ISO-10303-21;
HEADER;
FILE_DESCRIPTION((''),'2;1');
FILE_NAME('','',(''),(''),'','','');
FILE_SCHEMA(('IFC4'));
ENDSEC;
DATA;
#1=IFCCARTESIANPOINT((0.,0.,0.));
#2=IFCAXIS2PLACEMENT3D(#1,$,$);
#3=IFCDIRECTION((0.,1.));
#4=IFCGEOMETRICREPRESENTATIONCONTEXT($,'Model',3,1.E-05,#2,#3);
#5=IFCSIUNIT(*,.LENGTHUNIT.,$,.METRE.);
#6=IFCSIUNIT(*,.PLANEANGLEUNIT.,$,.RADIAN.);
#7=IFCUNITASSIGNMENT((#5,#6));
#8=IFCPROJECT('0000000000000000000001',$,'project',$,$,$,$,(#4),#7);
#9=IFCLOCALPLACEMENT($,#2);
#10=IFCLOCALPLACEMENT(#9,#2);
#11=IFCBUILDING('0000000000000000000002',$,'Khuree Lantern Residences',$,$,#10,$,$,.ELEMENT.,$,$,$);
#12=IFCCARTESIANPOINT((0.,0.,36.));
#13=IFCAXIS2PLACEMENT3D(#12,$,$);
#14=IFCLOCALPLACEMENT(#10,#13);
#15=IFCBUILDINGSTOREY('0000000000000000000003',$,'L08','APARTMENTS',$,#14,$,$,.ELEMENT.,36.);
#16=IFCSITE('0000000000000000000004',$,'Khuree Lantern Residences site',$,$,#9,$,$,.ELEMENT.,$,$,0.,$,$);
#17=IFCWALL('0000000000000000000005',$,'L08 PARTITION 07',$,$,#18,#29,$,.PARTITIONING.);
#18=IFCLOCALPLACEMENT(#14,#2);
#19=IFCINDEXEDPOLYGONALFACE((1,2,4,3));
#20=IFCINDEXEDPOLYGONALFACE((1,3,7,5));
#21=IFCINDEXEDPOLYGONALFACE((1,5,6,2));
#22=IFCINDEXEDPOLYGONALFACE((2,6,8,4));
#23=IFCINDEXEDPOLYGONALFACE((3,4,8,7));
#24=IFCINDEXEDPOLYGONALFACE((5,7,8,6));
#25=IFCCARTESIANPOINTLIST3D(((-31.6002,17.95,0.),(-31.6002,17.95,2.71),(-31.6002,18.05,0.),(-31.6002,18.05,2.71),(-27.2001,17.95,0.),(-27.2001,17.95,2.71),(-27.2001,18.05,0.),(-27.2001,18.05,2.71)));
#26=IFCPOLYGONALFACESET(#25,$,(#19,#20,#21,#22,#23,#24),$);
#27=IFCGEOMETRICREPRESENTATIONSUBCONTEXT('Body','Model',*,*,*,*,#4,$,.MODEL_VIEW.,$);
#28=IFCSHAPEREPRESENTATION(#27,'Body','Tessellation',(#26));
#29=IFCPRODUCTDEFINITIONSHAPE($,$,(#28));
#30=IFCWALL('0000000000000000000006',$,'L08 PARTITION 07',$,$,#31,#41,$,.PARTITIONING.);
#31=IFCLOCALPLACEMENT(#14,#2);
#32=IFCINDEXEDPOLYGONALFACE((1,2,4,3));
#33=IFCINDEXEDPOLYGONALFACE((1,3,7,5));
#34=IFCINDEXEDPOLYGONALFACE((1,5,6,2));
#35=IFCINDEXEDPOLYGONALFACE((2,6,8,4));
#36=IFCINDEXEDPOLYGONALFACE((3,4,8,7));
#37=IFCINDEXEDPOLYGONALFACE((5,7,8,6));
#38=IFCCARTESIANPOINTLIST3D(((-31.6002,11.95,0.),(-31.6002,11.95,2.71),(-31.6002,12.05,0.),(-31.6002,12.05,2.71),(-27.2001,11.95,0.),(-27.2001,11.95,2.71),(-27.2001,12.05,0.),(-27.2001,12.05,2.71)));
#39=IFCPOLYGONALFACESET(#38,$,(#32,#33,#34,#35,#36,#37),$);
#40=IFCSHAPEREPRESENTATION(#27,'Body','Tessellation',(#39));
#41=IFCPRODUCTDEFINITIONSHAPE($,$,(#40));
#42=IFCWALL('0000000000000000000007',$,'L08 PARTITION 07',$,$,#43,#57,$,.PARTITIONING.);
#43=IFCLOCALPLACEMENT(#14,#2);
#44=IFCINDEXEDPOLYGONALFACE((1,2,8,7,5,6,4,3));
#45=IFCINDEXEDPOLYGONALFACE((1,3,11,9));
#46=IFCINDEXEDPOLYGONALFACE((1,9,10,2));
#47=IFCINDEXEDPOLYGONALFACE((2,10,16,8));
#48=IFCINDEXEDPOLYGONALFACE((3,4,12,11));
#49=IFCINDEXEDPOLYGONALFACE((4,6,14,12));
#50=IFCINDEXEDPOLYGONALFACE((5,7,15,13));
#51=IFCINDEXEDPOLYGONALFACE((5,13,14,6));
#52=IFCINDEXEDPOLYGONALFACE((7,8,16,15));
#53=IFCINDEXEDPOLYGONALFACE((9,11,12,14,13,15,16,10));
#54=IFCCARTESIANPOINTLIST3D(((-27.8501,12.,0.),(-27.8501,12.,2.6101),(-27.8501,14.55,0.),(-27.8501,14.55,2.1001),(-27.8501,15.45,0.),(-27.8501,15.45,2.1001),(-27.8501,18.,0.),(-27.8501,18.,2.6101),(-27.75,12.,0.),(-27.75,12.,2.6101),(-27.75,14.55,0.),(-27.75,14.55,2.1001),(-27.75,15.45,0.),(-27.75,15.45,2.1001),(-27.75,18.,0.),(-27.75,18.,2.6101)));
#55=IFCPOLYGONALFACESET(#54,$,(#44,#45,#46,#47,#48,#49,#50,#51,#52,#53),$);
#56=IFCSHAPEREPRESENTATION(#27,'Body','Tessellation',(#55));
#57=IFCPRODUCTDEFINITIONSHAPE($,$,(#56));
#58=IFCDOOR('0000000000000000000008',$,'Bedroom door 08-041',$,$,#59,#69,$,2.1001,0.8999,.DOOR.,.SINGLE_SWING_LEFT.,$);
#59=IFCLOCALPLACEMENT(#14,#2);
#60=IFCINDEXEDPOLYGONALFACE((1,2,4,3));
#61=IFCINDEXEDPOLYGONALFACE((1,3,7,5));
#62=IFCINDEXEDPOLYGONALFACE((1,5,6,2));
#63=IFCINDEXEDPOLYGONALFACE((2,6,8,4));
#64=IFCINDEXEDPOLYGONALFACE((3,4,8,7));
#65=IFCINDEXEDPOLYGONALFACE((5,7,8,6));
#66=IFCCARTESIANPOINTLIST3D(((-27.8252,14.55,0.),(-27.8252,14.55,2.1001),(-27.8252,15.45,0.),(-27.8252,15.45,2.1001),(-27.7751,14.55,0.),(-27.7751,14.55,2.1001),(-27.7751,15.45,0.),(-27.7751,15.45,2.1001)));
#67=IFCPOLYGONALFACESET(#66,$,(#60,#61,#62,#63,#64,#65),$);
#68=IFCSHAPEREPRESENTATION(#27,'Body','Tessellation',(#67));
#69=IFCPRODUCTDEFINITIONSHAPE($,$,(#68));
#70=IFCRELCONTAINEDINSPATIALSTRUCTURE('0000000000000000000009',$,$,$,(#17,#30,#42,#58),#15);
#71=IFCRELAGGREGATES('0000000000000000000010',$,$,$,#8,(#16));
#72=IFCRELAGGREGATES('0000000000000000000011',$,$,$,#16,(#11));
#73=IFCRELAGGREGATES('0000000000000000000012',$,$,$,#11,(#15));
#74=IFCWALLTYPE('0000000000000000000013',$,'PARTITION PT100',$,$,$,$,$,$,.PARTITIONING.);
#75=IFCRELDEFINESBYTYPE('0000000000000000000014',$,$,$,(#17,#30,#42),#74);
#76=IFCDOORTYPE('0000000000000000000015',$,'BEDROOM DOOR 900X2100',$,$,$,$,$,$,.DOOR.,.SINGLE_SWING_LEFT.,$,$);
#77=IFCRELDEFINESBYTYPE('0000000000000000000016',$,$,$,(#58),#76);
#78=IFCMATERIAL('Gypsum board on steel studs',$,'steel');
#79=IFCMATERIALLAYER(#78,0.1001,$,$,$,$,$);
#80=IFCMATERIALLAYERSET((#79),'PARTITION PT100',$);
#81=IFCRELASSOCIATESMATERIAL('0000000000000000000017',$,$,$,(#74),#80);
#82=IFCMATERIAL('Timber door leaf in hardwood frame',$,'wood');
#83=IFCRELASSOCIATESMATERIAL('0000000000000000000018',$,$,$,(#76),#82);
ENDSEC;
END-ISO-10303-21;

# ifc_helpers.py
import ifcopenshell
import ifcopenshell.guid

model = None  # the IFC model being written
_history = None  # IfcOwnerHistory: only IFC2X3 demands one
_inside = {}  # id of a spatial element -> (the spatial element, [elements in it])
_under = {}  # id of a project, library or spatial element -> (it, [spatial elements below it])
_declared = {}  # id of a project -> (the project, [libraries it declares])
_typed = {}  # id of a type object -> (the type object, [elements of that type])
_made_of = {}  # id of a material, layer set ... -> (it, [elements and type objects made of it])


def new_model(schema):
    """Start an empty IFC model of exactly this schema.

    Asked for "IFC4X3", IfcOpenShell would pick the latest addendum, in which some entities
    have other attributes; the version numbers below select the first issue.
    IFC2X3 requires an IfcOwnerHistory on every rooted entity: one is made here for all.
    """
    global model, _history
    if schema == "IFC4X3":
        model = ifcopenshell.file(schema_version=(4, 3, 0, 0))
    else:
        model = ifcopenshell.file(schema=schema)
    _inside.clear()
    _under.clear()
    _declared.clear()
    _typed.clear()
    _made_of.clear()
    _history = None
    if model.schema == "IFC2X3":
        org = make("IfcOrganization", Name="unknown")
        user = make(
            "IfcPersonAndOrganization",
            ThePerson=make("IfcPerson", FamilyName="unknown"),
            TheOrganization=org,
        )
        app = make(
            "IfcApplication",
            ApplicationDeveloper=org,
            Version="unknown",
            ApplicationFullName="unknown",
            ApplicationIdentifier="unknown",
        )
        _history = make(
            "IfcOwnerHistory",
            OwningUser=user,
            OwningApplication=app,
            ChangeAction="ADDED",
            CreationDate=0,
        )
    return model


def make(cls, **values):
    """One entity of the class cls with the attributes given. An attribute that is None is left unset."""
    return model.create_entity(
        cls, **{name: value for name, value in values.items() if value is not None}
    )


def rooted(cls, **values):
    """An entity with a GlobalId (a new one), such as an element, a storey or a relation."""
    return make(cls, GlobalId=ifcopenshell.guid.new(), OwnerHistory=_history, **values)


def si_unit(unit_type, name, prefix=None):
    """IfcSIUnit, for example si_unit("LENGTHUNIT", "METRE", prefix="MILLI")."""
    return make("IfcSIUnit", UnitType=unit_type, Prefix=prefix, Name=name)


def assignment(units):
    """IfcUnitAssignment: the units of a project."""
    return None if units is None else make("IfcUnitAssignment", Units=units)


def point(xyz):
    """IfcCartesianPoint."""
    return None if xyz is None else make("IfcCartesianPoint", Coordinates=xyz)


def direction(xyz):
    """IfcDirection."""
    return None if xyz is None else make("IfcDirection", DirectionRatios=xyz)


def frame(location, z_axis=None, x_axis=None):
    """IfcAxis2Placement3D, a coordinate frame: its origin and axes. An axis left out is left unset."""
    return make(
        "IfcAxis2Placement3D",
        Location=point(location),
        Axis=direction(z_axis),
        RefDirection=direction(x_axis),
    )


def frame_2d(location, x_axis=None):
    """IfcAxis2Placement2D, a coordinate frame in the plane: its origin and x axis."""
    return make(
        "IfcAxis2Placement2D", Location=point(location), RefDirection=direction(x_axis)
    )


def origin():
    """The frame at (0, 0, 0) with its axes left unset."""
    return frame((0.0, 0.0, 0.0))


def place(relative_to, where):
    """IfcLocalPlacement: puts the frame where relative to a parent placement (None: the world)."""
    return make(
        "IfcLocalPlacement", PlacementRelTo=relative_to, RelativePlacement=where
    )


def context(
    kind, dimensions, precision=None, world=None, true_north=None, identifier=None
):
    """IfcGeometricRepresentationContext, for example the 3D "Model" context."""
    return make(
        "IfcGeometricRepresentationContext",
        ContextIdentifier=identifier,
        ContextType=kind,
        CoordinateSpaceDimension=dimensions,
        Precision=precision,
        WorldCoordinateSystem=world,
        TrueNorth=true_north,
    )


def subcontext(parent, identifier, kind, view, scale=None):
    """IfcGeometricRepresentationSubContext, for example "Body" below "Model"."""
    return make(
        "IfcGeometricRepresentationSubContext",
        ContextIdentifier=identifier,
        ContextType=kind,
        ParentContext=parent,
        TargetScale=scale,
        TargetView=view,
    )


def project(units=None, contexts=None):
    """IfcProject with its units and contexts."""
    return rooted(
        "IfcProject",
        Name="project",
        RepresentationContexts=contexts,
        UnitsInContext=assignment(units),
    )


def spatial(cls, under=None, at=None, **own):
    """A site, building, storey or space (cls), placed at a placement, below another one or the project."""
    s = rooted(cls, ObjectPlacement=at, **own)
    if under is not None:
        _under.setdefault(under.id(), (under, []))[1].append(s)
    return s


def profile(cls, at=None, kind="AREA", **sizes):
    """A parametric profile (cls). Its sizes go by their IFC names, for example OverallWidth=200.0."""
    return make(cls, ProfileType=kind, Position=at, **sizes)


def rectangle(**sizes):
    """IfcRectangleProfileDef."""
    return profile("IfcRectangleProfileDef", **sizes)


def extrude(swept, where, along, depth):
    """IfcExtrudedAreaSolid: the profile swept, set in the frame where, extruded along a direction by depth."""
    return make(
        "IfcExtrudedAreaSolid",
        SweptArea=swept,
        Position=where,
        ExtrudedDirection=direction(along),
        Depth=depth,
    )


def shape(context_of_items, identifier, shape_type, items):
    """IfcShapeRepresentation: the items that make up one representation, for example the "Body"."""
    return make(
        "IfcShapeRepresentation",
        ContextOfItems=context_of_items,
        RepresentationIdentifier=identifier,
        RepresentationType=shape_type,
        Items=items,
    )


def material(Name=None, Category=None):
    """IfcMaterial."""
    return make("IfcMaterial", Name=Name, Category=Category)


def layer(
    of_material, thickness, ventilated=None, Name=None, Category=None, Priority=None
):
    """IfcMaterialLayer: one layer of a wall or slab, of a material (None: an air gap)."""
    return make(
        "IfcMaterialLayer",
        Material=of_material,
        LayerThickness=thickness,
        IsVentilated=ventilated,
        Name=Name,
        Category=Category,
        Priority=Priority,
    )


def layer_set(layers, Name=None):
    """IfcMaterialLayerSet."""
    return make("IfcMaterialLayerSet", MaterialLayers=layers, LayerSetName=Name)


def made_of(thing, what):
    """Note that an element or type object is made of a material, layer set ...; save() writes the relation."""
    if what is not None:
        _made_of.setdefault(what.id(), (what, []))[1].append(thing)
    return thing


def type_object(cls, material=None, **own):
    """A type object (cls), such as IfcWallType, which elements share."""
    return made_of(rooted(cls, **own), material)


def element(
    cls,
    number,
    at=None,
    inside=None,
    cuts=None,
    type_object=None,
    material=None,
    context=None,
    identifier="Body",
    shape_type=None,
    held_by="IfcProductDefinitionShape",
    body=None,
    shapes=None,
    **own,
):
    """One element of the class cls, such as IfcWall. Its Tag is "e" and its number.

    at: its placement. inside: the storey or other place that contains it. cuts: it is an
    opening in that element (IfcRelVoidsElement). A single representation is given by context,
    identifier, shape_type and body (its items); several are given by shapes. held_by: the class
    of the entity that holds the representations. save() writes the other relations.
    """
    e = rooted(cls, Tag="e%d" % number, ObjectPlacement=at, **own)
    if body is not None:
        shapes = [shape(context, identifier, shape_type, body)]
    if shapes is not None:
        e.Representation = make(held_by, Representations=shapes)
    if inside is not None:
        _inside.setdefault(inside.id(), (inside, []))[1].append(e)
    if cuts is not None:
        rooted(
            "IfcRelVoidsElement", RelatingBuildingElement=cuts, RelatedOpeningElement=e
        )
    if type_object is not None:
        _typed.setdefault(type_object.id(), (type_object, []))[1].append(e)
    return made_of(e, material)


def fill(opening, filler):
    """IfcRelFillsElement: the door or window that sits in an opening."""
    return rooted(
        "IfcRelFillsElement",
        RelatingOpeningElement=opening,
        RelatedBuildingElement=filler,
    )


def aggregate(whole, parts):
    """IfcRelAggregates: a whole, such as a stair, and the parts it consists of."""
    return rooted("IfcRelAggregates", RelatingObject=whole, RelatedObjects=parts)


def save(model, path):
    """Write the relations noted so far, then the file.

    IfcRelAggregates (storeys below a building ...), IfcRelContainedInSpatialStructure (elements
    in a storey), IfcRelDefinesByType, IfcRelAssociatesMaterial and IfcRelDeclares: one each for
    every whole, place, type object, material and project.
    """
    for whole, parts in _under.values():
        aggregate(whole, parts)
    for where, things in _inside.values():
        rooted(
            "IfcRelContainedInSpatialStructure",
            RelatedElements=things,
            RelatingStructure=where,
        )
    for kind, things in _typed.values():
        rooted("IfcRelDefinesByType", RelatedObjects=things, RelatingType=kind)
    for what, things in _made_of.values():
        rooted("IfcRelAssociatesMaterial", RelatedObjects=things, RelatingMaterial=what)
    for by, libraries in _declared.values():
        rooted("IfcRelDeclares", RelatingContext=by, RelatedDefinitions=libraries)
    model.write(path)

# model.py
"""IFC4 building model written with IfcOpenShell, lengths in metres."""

from ifc_helpers import new_model, si_unit, direction, frame, frame_2d, origin, place, context, subcontext, project, spatial, rectangle, extrude, material, layer, layer_set, type_object, element, fill, save


model = new_model("IFC4")

# Units and contexts
model_context = context("Model", 3, precision=1e-05, world=origin(), true_north=direction((0.0, 1.0)))
body_context = subcontext(model_context, "Body", "Model", "MODEL_VIEW")
ifc_project = project(units=[si_unit("LENGTHUNIT", "METRE"), si_unit("PLANEANGLEUNIT", "RADIAN")], contexts=[model_context])

# Site, building, storey
site_placement = place(None, origin())
site = spatial("IfcSite", under=ifc_project, at=site_placement, Name="Khuree Lantern Residences site", CompositionType="ELEMENT", RefElevation=0.0)
building_placement = place(site_placement, origin())
building = spatial("IfcBuilding", under=site, at=building_placement, Name="Khuree Lantern Residences", CompositionType="ELEMENT")
storey_placement = place(building_placement, frame((0.0, 0.0, 36.0)))
storey = spatial("IfcBuildingStorey", under=building, at=storey_placement, Name="L08", Description="APARTMENTS", CompositionType="ELEMENT", Elevation=36.0)

# Shared definitions
ifc_material_1 = material(Name="Timber door leaf in hardwood frame", Category="wood")

# Walls
ifc_material_2 = material(Name="Gypsum board on steel studs", Category="steel")
ifc_layer_1 = layer(ifc_material_2, 0.1001)
ifc_layer_set_1 = layer_set([ifc_layer_1], Name="PARTITION PT100")
wall_type_1 = type_object("IfcWallType", Name="PARTITION PT100", PredefinedType="PARTITIONING", material=ifc_layer_set_1)
for number, where, z_axis, x_axis, name in (
    (1, (-27.2, 18.0, 0.0), (0.0, 0.0, 1.0), (-1.0, 0.0, 0.0), "L08 PARTITION 07"),
    (2, (-27.2, 12.0, 0.0), (0.0, 0.0, 1.0), (-1.0, 0.0, 0.0), "L08 PARTITION 07"),
):
    element("IfcWall", number, at=place(storey_placement, frame(where, z_axis=z_axis, x_axis=x_axis)), inside=storey, type_object=wall_type_1, Name=name, PredefinedType="PARTITIONING", context=body_context, shape_type="SweptSolid", body=[
        extrude(rectangle(XDim=4.4001, YDim=0.1001, at=frame_2d((2.2002, 0.0))), origin(), (0.0, 0.0, 1.0), 2.71),
    ])

# Wall, opening, door
wall_1_placement = place(storey_placement, frame((-27.8, 18.0, 0.0), z_axis=(0.0, 0.0, 1.0), x_axis=(0.0, -1.0, 0.0)))
wall_1 = element("IfcWall", 3, at=wall_1_placement, inside=storey, type_object=wall_type_1, Name="L08 PARTITION 07", PredefinedType="PARTITIONING", context=body_context, shape_type="SweptSolid", body=[
    extrude(rectangle(XDim=6.0, YDim=0.1001, at=frame_2d((3.0, 0.0))), origin(), (0.0, 0.0, 1.0), 2.6101),
])
opening_1_placement = place(wall_1_placement, frame((2.55, 0.0, 0.0)))
opening_1 = element("IfcOpeningElement", 4, at=opening_1_placement, cuts=wall_1, PredefinedType="OPENING", context=body_context, shape_type="SweptSolid", body=[
    extrude(rectangle(XDim=0.8999, YDim=2.1001, at=frame_2d((0.45, 1.05))), frame((0.0, 0.0601, 0.0), z_axis=(0.0, -1.0, 0.0), x_axis=(1.0, 0.0, 0.0)), (0.0, 0.0, 1.0), 0.1201),
])
door_type_1 = type_object("IfcDoorType", Name="BEDROOM DOOR 900X2100", OperationType="SINGLE_SWING_LEFT", PredefinedType="DOOR", material=ifc_material_1)
door_1_placement = place(opening_1_placement, origin())
door_1 = element("IfcDoor", 5, at=door_1_placement, inside=storey, type_object=door_type_1, Name="Bedroom door 08-041", OperationType="SINGLE_SWING_LEFT", OverallHeight=2.1001, OverallWidth=0.8999, PredefinedType="DOOR", context=body_context, shape_type="SweptSolid", body=[
    extrude(rectangle(XDim=0.8999, YDim=2.1001, at=frame_2d((0.45, 1.05))), frame((0.0, 0.0249, 0.0), z_axis=(0.0, -1.0, 0.0), x_axis=(1.0, 0.0, 0.0)), (0.0, 0.0, 1.0), 0.05),
])
fill(opening_1, door_1)

save(model, "model.ifc")
